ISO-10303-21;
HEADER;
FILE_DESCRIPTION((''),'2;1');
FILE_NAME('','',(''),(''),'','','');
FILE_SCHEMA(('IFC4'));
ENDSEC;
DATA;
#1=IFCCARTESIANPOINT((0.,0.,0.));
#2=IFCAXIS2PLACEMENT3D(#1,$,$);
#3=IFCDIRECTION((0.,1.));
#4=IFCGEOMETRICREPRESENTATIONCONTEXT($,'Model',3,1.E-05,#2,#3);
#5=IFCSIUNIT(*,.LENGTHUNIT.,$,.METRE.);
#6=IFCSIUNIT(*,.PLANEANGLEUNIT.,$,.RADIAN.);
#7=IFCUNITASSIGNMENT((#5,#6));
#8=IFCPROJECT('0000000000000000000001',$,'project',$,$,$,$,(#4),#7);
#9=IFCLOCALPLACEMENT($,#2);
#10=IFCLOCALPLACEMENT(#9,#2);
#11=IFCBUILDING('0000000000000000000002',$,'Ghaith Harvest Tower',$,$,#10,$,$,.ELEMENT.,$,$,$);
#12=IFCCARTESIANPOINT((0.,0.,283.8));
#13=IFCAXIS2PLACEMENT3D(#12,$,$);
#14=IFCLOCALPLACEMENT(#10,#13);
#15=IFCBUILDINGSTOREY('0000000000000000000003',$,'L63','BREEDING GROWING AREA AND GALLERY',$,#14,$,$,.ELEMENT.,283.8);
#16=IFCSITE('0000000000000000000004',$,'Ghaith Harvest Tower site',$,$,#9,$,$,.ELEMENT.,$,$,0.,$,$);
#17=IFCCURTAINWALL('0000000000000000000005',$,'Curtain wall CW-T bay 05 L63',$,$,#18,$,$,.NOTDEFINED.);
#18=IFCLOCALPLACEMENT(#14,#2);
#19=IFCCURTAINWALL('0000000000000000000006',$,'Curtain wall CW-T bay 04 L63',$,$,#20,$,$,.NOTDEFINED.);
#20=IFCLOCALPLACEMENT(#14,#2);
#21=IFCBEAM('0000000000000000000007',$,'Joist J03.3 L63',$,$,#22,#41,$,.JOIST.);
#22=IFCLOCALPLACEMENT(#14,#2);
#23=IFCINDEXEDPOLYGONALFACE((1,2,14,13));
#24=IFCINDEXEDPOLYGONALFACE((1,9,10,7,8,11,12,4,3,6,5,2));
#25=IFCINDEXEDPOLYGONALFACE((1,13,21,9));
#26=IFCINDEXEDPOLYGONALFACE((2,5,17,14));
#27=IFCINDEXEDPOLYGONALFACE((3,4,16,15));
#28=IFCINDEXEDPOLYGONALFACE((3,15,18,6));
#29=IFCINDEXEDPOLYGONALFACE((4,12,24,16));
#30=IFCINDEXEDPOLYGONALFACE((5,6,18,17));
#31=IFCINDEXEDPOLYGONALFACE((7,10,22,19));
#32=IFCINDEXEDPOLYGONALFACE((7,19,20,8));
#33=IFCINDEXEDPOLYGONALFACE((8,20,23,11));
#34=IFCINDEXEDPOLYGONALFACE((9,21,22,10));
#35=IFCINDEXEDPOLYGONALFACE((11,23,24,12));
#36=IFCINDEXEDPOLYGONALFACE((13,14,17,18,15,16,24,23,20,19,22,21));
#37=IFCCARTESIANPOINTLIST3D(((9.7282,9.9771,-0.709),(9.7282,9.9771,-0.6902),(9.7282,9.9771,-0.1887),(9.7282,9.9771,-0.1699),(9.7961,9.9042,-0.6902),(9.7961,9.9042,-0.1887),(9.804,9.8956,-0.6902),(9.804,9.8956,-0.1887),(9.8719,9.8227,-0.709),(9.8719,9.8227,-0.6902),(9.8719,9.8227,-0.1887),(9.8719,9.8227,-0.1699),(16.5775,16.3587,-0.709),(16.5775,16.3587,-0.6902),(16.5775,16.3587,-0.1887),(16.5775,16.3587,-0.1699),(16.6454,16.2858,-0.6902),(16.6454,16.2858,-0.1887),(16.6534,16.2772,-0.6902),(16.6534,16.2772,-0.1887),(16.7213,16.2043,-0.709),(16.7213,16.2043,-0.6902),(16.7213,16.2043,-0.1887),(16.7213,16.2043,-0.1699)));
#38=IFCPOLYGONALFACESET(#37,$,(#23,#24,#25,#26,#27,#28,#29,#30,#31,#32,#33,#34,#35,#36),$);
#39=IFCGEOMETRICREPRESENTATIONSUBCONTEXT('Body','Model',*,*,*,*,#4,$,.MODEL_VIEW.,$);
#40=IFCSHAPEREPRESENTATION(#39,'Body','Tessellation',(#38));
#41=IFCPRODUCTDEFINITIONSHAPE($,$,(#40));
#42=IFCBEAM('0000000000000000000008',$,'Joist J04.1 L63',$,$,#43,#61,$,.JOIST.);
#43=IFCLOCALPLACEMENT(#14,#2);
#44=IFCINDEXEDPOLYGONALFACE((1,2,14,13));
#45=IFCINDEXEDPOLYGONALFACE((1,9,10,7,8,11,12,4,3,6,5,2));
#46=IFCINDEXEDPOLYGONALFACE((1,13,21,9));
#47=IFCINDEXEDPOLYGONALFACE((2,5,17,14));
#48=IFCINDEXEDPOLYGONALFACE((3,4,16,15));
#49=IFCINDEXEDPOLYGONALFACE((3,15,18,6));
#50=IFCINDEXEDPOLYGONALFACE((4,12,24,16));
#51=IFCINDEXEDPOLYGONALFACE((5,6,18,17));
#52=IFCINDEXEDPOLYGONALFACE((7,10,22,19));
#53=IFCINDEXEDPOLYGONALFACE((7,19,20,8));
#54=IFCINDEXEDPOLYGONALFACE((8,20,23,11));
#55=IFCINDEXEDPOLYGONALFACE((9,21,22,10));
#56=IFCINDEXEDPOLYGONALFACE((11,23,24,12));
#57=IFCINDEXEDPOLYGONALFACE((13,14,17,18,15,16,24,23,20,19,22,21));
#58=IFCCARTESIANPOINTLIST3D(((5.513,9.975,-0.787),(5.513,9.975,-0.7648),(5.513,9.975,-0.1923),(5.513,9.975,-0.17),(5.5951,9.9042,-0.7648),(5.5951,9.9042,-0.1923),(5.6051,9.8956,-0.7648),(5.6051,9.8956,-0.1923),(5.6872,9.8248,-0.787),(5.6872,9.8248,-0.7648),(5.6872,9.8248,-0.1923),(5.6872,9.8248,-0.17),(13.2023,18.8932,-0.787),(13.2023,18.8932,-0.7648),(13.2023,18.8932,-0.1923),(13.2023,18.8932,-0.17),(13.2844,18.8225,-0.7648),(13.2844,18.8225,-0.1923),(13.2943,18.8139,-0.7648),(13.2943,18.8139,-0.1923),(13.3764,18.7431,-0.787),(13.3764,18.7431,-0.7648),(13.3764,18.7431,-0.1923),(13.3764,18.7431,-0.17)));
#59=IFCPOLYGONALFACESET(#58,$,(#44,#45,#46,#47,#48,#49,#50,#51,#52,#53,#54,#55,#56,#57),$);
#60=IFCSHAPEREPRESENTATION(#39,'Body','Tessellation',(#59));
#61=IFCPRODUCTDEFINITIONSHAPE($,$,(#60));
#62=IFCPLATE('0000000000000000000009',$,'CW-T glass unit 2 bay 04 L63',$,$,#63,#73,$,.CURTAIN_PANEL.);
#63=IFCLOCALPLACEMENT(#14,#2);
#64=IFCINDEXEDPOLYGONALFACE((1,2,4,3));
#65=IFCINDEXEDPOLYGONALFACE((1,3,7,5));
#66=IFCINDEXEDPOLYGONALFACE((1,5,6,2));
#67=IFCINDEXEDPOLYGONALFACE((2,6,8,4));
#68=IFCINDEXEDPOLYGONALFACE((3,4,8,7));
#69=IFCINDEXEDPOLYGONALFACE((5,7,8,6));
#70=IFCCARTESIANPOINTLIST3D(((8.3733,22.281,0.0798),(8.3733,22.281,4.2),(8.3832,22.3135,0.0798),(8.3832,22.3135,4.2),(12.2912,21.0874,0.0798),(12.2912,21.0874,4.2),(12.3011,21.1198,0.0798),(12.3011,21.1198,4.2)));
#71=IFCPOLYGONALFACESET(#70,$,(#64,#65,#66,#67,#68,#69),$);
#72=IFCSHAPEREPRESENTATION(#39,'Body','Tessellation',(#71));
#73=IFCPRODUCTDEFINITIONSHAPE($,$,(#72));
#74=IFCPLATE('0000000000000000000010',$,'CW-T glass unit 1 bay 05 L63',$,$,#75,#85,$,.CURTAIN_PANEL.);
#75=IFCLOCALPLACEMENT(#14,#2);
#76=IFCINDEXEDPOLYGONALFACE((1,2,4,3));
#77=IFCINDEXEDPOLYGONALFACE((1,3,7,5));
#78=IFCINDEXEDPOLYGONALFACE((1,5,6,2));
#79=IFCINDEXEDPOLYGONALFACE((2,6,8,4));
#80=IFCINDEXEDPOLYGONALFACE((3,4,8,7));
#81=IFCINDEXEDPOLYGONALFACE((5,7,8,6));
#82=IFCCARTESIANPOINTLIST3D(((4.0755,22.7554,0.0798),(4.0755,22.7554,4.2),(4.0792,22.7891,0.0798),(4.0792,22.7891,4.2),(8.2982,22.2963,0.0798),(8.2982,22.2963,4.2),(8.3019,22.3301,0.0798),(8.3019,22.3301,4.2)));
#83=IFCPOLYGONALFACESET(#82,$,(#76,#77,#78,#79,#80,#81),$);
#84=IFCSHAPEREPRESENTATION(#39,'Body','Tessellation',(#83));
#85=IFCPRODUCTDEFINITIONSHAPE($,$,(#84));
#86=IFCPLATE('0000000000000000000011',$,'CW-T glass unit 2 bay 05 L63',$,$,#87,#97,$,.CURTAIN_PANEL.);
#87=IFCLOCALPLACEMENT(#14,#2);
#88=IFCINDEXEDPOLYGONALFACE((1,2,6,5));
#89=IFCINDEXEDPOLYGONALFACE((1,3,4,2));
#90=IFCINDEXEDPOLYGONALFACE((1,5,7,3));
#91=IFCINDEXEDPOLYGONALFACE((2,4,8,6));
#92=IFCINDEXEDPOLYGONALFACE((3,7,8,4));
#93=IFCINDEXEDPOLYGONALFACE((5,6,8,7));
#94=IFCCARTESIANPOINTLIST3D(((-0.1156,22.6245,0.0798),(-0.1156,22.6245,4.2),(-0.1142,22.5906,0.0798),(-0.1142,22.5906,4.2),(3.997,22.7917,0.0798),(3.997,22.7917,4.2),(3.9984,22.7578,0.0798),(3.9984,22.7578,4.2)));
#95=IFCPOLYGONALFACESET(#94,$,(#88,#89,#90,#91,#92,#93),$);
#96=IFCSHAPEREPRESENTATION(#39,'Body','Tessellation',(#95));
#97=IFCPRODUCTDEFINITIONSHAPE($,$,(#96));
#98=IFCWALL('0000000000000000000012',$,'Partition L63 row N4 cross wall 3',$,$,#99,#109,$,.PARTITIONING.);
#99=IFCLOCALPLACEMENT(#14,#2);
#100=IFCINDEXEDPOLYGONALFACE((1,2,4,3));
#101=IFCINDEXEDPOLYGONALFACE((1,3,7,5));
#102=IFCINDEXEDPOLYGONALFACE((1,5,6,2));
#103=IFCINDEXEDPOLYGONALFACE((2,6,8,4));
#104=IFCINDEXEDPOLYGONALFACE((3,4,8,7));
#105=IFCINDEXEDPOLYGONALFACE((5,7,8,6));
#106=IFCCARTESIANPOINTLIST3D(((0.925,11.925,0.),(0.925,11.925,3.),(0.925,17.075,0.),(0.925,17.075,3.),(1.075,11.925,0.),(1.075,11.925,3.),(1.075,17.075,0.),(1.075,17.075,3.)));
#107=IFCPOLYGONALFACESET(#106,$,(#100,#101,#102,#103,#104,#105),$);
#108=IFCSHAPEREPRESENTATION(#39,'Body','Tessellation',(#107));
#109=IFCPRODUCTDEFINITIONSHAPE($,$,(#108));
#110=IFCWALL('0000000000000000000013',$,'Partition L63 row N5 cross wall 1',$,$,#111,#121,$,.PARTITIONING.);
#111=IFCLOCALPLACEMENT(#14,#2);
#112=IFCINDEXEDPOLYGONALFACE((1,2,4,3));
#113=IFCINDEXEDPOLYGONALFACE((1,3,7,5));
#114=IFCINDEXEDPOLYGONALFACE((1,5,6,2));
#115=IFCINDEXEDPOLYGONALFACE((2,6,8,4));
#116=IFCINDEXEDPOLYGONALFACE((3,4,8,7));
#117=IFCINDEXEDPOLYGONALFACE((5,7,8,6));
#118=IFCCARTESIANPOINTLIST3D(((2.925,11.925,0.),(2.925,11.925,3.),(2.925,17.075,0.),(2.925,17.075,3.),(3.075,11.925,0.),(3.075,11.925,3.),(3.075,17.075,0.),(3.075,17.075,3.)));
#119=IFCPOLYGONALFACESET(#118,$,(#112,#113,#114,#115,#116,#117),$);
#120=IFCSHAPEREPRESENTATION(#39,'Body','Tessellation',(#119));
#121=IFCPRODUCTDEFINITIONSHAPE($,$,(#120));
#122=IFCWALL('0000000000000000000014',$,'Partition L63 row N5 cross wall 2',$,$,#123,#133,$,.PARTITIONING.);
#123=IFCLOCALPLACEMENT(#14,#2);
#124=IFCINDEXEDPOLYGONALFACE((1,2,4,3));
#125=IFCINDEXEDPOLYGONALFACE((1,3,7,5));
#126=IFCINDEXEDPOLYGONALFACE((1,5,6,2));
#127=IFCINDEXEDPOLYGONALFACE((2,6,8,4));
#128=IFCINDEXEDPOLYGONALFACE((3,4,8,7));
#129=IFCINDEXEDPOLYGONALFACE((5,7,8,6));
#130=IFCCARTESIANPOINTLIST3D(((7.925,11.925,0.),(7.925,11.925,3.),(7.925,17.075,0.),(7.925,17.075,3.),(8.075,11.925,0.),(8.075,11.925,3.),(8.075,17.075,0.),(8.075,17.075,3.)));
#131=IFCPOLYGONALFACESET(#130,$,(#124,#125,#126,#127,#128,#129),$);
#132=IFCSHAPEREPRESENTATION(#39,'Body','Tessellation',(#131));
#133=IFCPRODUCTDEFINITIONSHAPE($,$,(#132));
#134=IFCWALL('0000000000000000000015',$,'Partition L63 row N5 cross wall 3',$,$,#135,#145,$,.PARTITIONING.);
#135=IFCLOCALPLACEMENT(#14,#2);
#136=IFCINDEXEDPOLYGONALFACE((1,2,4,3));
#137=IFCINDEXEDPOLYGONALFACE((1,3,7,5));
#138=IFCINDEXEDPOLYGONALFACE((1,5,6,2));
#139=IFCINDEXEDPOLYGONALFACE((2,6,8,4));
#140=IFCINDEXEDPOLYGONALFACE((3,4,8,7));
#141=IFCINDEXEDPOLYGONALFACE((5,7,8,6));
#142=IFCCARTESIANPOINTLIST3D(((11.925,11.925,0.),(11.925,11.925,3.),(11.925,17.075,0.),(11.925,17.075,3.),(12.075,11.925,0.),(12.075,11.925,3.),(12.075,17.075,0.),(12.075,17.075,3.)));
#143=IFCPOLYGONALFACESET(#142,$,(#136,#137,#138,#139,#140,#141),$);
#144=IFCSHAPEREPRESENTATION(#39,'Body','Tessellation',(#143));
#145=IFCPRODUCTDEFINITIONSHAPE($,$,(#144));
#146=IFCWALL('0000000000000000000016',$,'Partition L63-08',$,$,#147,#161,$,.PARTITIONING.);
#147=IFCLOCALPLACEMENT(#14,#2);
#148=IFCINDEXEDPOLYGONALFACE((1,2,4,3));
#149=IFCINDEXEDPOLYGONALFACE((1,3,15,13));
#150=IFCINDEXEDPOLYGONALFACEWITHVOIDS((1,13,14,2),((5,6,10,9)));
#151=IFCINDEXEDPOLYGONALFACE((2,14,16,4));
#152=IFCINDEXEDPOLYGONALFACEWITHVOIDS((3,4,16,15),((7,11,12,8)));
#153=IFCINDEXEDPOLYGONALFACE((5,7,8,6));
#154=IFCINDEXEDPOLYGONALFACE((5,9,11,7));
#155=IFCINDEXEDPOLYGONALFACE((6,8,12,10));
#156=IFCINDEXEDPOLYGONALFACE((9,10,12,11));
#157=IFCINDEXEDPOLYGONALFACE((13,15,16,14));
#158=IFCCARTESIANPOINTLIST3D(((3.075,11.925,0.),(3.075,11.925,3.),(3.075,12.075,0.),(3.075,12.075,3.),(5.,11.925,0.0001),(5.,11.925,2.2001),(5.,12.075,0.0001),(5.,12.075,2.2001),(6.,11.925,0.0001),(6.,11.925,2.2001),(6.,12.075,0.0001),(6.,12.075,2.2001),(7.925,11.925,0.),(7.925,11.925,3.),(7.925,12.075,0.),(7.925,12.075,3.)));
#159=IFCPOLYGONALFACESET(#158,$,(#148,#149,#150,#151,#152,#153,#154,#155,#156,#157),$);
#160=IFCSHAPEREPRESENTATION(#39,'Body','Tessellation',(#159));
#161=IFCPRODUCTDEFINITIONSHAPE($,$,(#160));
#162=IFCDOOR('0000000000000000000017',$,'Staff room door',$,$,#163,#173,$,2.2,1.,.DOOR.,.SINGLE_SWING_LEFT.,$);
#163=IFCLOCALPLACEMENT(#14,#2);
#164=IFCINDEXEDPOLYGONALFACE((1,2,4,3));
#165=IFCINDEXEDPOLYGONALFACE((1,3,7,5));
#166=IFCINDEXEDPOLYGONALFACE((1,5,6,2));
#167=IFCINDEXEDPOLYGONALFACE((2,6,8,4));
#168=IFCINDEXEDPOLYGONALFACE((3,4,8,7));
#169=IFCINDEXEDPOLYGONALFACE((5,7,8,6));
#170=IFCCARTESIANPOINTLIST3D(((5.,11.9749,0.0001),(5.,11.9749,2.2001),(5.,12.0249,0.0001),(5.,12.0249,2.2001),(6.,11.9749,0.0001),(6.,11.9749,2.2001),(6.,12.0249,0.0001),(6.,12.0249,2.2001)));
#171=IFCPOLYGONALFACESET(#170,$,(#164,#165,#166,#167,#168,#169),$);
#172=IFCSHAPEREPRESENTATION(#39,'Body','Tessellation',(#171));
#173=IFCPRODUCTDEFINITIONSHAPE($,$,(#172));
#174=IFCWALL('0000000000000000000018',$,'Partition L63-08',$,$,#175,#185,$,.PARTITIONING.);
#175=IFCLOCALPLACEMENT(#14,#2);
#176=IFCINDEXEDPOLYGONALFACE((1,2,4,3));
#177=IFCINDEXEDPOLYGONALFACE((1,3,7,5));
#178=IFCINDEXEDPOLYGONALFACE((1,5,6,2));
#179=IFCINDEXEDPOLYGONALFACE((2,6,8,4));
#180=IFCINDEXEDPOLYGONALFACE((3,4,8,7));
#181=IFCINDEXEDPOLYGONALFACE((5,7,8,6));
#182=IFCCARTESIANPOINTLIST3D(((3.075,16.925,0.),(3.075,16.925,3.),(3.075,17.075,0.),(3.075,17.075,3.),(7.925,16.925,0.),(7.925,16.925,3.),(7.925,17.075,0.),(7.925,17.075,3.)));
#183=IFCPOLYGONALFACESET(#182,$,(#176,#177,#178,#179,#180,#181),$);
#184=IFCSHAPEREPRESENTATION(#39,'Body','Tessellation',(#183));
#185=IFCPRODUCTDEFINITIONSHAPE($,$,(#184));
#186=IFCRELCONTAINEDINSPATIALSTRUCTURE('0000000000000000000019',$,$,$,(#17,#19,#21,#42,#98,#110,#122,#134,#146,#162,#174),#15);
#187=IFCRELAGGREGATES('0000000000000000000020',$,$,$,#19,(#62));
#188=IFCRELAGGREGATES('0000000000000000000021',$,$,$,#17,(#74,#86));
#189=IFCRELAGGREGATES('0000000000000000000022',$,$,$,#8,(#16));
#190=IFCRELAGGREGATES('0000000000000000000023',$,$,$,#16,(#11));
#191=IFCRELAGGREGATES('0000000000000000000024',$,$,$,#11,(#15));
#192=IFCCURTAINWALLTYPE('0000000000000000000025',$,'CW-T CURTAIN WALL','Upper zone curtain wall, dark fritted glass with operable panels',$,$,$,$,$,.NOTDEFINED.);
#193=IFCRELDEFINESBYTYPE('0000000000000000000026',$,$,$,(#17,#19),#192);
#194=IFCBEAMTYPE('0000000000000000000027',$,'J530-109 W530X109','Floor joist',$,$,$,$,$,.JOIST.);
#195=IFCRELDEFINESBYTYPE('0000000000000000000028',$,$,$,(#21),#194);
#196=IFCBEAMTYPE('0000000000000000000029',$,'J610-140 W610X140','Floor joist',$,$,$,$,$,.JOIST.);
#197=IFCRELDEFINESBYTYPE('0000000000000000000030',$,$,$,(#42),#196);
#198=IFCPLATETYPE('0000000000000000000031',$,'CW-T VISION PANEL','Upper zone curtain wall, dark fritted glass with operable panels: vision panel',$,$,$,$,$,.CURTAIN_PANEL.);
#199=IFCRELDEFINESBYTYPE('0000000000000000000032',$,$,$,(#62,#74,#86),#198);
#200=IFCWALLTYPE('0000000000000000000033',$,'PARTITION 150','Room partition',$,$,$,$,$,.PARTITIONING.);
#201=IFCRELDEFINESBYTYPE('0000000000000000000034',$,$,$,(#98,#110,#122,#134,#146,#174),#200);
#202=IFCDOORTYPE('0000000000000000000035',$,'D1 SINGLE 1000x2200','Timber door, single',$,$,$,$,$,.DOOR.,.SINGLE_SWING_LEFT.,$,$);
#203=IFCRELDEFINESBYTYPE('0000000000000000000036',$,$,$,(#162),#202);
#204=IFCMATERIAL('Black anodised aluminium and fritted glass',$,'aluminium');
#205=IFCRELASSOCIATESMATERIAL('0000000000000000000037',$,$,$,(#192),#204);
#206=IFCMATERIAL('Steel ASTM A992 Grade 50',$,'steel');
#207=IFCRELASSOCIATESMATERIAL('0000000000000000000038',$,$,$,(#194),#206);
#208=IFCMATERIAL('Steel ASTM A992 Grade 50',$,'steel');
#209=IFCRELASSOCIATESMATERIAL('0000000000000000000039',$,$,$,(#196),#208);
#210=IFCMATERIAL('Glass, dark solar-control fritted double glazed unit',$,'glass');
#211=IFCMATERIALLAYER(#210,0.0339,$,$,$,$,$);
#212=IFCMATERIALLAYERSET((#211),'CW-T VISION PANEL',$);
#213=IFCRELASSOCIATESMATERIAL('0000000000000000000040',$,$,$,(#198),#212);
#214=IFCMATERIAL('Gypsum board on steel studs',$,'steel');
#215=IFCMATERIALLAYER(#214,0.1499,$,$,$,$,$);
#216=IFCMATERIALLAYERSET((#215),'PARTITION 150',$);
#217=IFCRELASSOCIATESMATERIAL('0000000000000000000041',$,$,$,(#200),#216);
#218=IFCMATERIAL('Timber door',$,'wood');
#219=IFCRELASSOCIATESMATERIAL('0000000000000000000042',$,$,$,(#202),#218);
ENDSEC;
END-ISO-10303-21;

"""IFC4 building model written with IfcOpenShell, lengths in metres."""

from ifc_helpers import new_model, si_unit, direction, frame, frame_2d, origin, origin_2d, place, context, subcontext, project, spatial, rectangle, i_section, extrude, material, layer, layer_set, material_profile, profile_set, type_object, element, fill, aggregate, save


model = new_model("IFC4")

# Units and contexts
model_context = context("Model", 3, precision=1e-05, world=origin(), true_north=direction((0.0, 1.0)))
body_context = subcontext(model_context, "Body", "Model", "MODEL_VIEW")
ifc_project = project(units=[si_unit("LENGTHUNIT", "METRE"), si_unit("PLANEANGLEUNIT", "RADIAN")], contexts=[model_context])

# Site, building, storey
site_placement = place(None, origin())
site = spatial("IfcSite", under=ifc_project, at=site_placement, Name="Ghaith Harvest Tower site", CompositionType="ELEMENT", RefElevation=0.0)
building_placement = place(site_placement, origin())
building = spatial("IfcBuilding", under=site, at=building_placement, Name="Ghaith Harvest Tower", CompositionType="ELEMENT")
storey_placement = place(building_placement, frame((0.0, 0.0, 283.8)))
storey = spatial("IfcBuildingStorey", under=building, at=storey_placement, Name="L63", Description="BREEDING GROWING AREA AND GALLERY", CompositionType="ELEMENT", Elevation=283.8)

# Curtain wall
ifc_material_1 = material(Name="Black anodised aluminium and fritted glass", Category="aluminium")
curtain_wall_type = type_object("IfcCurtainWallType", Name="CW-T CURTAIN WALL", Description="Upper zone curtain wall, dark fritted glass with operable panels", PredefinedType="NOTDEFINED", material=ifc_material_1)
curtain_wall_1_placement = place(storey_placement, origin())
curtain_wall_1 = element("IfcCurtainWall", 1, at=curtain_wall_1_placement, inside=storey, type_object=curtain_wall_type, Name="Curtain wall CW-T bay 05 L63", PredefinedType="NOTDEFINED")

# Curtain wall
curtain_wall_2_placement = place(storey_placement, origin())
curtain_wall_2 = element("IfcCurtainWall", 2, at=curtain_wall_2_placement, inside=storey, type_object=curtain_wall_type, Name="Curtain wall CW-T bay 04 L63", PredefinedType="NOTDEFINED")

# Beams
ifc_material_2 = material(Name="Steel ASTM A992 Grade 50", Category="steel")
ifc_material_profile_1 = material_profile(ifc_material_2, i_section(OverallWidth=0.2109, OverallDepth=0.5391, WebThickness=0.0117, FlangeThickness=0.0188, at=origin_2d()), Name="W530X109")
ifc_profile_set_1 = profile_set([ifc_material_profile_1], Name="Steel ASTM A992 Grade 50")
beam_type_1 = type_object("IfcBeamType", Name="J530-109 W530X109", Description="Floor joist", PredefinedType="JOIST", material=ifc_profile_set_1)
beam_1_placement = place(storey_placement, frame((9.8, 9.8999, -0.4395), z_axis=(0.731649, 0.681682, 0.0), x_axis=(-0.681682, 0.731649, 0.0)))
element("IfcBeam", 3, at=beam_1_placement, inside=storey, type_object=beam_type_1, Name="Joist J03.3 L63", PredefinedType="JOIST", context=body_context, shape_type="SweptSolid", body=[
    extrude(i_section(OverallWidth=0.2109, OverallDepth=0.5391, WebThickness=0.0117, FlangeThickness=0.0188, at=origin_2d()), origin(), (0.0, 0.0, 1.0), 9.3616),
])
ifc_material_3 = material(Name="Steel ASTM A992 Grade 50", Category="steel")
ifc_material_profile_2 = material_profile(ifc_material_3, i_section(OverallWidth=0.23, OverallDepth=0.6169, WebThickness=0.0132, FlangeThickness=0.0222, at=origin_2d()), Name="W610X140")
ifc_profile_set_2 = profile_set([ifc_material_profile_2], Name="Steel ASTM A992 Grade 50")
beam_type_2 = type_object("IfcBeamType", Name="J610-140 W610X140", Description="Floor joist", PredefinedType="JOIST", material=ifc_profile_set_2)
beam_2_placement = place(storey_placement, frame((5.6001, 9.8999, -0.4785), z_axis=(0.652993, 0.757364, 0.0), x_axis=(-0.757364, 0.652993, 0.0)))
element("IfcBeam", 4, at=beam_2_placement, inside=storey, type_object=beam_type_2, Name="Joist J04.1 L63", PredefinedType="JOIST", context=body_context, shape_type="SweptSolid", body=[
    extrude(i_section(OverallWidth=0.23, OverallDepth=0.6169, WebThickness=0.0132, FlangeThickness=0.0222, at=origin_2d()), origin(), (0.0, 0.0, 1.0), 11.7754),
])

# Plates
ifc_material_4 = material(Name="Glass, dark solar-control fritted double glazed unit", Category="glass")
ifc_layer_1 = layer(ifc_material_4, 0.0339)
ifc_layer_set_1 = layer_set([ifc_layer_1], Name="CW-T VISION PANEL")
plate_type = type_object("IfcPlateType", Name="CW-T VISION PANEL", Description="Upper zone curtain wall, dark fritted glass with operable panels: vision panel", PredefinedType="CURTAIN_PANEL", material=ifc_layer_set_1)
plate_1_placement = place(storey_placement, frame((10.3372, 21.7004, 0.0798), z_axis=(0.0, 0.0, 1.0), x_axis=(-0.956588, 0.291445, 0.0)))
plate_1 = element("IfcPlate", 5, at=plate_1_placement, type_object=plate_type, Name="CW-T glass unit 2 bay 04 L63", PredefinedType="CURTAIN_PANEL", context=body_context, shape_type="SweptSolid", body=[
    extrude(rectangle(XDim=4.0957, YDim=0.0339, at=origin_2d()), origin(), (0.0, 0.0, 1.0), 4.1201),
])
aggregate(curtain_wall_2, [plate_1])
plate_2_placement = place(storey_placement, frame((6.1887, 22.5427, 0.0798), z_axis=(0.0, 0.0, 1.0), x_axis=(-0.994143, 0.108074, 0.0)))
plate_2 = element("IfcPlate", 6, at=plate_2_placement, type_object=plate_type, Name="CW-T glass unit 1 bay 05 L63", PredefinedType="CURTAIN_PANEL", context=body_context, shape_type="SweptSolid", body=[
    extrude(rectangle(XDim=4.2476, YDim=0.0339, at=origin_2d()), origin(), (0.0, 0.0, 1.0), 4.1201),
])
plate_3_placement = place(storey_placement, frame((1.9414, 22.6912, 0.0798), z_axis=(0.0, 0.0, 1.0), x_axis=(-0.999174, -0.040638, 0.0)))
plate_3 = element("IfcPlate", 7, at=plate_3_placement, type_object=plate_type, Name="CW-T glass unit 2 bay 05 L63", PredefinedType="CURTAIN_PANEL", context=body_context, shape_type="SweptSolid", body=[
    extrude(rectangle(XDim=4.116, YDim=0.0339, at=origin_2d()), origin(), (0.0, 0.0, 1.0), 4.1201),
])
aggregate(curtain_wall_1, [plate_2, plate_3])

# Walls
ifc_material_5 = material(Name="Gypsum board on steel studs", Category="steel")
ifc_layer_2 = layer(ifc_material_5, 0.1499)
ifc_layer_set_2 = layer_set([ifc_layer_2], Name="PARTITION 150")
wall_type = type_object("IfcWallType", Name="PARTITION 150", Description="Room partition", PredefinedType="PARTITIONING", material=ifc_layer_set_2)
for number, where, z_axis, x_axis, name in (
    (8, (1.0, 11.925, 0.0), (0.0, 0.0, 1.0), (0.0, 1.0, 0.0), "Partition L63 row N4 cross wall 3"),
    (9, (3.0, 11.925, 0.0), (0.0, 0.0, 1.0), (0.0, 1.0, 0.0), "Partition L63 row N5 cross wall 1"),
    (10, (8.0, 11.925, 0.0), (0.0, 0.0, 1.0), (0.0, 1.0, 0.0), "Partition L63 row N5 cross wall 2"),
    (11, (12.0, 11.925, 0.0), (0.0, 0.0, 1.0), (0.0, 1.0, 0.0), "Partition L63 row N5 cross wall 3"),
):
    element("IfcWall", number, at=place(storey_placement, frame(where, z_axis=z_axis, x_axis=x_axis)), inside=storey, type_object=wall_type, Name=name, PredefinedType="PARTITIONING", context=body_context, shape_type="SweptSolid", body=[
        extrude(rectangle(XDim=5.1499, YDim=0.1499, at=frame_2d((2.575, 0.0))), origin(), (0.0, 0.0, 1.0), 3.0),
    ])

# Wall, opening, door
wall_1_placement = place(storey_placement, frame((3.075, 12.0, 0.0), z_axis=(0.0, 0.0, 1.0), x_axis=(1.0, 0.0, 0.0)))
wall_1 = element("IfcWall", 12, at=wall_1_placement, inside=storey, type_object=wall_type, Name="Partition L63-08", PredefinedType="PARTITIONING", context=body_context, shape_type="SweptSolid", body=[
    extrude(rectangle(XDim=4.8501, YDim=0.1499, at=frame_2d((2.425, 0.0))), origin(), (0.0, 0.0, 1.0), 3.0),
])
opening_1_placement = place(wall_1_placement, frame((1.925, 0.0, 0.0)))
opening_1 = element("IfcOpeningElement", 13, at=opening_1_placement, cuts=wall_1, PredefinedType="OPENING", context=body_context, shape_type="SweptSolid", body=[
    extrude(rectangle(XDim=1.0, YDim=2.2, at=frame_2d((0.5, 1.1001))), frame((0.0, 0.085, 0.0), z_axis=(0.0, -1.0, 0.0), x_axis=(1.0, 0.0, 0.0)), (0.0, 0.0, 1.0), 0.1699),
])
ifc_material_6 = material(Name="Timber door", Category="wood")
door_type = type_object("IfcDoorType", Name="D1 SINGLE 1000x2200", Description="Timber door, single", OperationType="SINGLE_SWING_LEFT", PredefinedType="DOOR", material=ifc_material_6)
door_1_placement = place(opening_1_placement, origin())
door_1 = element("IfcDoor", 14, at=door_1_placement, inside=storey, type_object=door_type, Name="Staff room door", OperationType="SINGLE_SWING_LEFT", OverallHeight=2.2, OverallWidth=1.0, PredefinedType="DOOR", context=body_context, shape_type="SweptSolid", body=[
    extrude(rectangle(XDim=1.0, YDim=2.2, at=frame_2d((0.5, 1.1001))), frame((0.0, 0.0249, 0.0), z_axis=(0.0, -1.0, 0.0), x_axis=(1.0, 0.0, 0.0)), (0.0, 0.0, 1.0), 0.05),
])
fill(opening_1, door_1)

# Wall
wall_2_placement = place(storey_placement, frame((3.075, 17.0, 0.0), z_axis=(0.0, 0.0, 1.0), x_axis=(1.0, 0.0, 0.0)))
element("IfcWall", 15, at=wall_2_placement, inside=storey, type_object=wall_type, Name="Partition L63-08", PredefinedType="PARTITIONING", context=body_context, shape_type="SweptSolid", body=[
    extrude(rectangle(XDim=4.8501, YDim=0.1499, at=frame_2d((2.425, 0.0))), origin(), (0.0, 0.0, 1.0), 3.0),
])

save(model, "model.ifc")
